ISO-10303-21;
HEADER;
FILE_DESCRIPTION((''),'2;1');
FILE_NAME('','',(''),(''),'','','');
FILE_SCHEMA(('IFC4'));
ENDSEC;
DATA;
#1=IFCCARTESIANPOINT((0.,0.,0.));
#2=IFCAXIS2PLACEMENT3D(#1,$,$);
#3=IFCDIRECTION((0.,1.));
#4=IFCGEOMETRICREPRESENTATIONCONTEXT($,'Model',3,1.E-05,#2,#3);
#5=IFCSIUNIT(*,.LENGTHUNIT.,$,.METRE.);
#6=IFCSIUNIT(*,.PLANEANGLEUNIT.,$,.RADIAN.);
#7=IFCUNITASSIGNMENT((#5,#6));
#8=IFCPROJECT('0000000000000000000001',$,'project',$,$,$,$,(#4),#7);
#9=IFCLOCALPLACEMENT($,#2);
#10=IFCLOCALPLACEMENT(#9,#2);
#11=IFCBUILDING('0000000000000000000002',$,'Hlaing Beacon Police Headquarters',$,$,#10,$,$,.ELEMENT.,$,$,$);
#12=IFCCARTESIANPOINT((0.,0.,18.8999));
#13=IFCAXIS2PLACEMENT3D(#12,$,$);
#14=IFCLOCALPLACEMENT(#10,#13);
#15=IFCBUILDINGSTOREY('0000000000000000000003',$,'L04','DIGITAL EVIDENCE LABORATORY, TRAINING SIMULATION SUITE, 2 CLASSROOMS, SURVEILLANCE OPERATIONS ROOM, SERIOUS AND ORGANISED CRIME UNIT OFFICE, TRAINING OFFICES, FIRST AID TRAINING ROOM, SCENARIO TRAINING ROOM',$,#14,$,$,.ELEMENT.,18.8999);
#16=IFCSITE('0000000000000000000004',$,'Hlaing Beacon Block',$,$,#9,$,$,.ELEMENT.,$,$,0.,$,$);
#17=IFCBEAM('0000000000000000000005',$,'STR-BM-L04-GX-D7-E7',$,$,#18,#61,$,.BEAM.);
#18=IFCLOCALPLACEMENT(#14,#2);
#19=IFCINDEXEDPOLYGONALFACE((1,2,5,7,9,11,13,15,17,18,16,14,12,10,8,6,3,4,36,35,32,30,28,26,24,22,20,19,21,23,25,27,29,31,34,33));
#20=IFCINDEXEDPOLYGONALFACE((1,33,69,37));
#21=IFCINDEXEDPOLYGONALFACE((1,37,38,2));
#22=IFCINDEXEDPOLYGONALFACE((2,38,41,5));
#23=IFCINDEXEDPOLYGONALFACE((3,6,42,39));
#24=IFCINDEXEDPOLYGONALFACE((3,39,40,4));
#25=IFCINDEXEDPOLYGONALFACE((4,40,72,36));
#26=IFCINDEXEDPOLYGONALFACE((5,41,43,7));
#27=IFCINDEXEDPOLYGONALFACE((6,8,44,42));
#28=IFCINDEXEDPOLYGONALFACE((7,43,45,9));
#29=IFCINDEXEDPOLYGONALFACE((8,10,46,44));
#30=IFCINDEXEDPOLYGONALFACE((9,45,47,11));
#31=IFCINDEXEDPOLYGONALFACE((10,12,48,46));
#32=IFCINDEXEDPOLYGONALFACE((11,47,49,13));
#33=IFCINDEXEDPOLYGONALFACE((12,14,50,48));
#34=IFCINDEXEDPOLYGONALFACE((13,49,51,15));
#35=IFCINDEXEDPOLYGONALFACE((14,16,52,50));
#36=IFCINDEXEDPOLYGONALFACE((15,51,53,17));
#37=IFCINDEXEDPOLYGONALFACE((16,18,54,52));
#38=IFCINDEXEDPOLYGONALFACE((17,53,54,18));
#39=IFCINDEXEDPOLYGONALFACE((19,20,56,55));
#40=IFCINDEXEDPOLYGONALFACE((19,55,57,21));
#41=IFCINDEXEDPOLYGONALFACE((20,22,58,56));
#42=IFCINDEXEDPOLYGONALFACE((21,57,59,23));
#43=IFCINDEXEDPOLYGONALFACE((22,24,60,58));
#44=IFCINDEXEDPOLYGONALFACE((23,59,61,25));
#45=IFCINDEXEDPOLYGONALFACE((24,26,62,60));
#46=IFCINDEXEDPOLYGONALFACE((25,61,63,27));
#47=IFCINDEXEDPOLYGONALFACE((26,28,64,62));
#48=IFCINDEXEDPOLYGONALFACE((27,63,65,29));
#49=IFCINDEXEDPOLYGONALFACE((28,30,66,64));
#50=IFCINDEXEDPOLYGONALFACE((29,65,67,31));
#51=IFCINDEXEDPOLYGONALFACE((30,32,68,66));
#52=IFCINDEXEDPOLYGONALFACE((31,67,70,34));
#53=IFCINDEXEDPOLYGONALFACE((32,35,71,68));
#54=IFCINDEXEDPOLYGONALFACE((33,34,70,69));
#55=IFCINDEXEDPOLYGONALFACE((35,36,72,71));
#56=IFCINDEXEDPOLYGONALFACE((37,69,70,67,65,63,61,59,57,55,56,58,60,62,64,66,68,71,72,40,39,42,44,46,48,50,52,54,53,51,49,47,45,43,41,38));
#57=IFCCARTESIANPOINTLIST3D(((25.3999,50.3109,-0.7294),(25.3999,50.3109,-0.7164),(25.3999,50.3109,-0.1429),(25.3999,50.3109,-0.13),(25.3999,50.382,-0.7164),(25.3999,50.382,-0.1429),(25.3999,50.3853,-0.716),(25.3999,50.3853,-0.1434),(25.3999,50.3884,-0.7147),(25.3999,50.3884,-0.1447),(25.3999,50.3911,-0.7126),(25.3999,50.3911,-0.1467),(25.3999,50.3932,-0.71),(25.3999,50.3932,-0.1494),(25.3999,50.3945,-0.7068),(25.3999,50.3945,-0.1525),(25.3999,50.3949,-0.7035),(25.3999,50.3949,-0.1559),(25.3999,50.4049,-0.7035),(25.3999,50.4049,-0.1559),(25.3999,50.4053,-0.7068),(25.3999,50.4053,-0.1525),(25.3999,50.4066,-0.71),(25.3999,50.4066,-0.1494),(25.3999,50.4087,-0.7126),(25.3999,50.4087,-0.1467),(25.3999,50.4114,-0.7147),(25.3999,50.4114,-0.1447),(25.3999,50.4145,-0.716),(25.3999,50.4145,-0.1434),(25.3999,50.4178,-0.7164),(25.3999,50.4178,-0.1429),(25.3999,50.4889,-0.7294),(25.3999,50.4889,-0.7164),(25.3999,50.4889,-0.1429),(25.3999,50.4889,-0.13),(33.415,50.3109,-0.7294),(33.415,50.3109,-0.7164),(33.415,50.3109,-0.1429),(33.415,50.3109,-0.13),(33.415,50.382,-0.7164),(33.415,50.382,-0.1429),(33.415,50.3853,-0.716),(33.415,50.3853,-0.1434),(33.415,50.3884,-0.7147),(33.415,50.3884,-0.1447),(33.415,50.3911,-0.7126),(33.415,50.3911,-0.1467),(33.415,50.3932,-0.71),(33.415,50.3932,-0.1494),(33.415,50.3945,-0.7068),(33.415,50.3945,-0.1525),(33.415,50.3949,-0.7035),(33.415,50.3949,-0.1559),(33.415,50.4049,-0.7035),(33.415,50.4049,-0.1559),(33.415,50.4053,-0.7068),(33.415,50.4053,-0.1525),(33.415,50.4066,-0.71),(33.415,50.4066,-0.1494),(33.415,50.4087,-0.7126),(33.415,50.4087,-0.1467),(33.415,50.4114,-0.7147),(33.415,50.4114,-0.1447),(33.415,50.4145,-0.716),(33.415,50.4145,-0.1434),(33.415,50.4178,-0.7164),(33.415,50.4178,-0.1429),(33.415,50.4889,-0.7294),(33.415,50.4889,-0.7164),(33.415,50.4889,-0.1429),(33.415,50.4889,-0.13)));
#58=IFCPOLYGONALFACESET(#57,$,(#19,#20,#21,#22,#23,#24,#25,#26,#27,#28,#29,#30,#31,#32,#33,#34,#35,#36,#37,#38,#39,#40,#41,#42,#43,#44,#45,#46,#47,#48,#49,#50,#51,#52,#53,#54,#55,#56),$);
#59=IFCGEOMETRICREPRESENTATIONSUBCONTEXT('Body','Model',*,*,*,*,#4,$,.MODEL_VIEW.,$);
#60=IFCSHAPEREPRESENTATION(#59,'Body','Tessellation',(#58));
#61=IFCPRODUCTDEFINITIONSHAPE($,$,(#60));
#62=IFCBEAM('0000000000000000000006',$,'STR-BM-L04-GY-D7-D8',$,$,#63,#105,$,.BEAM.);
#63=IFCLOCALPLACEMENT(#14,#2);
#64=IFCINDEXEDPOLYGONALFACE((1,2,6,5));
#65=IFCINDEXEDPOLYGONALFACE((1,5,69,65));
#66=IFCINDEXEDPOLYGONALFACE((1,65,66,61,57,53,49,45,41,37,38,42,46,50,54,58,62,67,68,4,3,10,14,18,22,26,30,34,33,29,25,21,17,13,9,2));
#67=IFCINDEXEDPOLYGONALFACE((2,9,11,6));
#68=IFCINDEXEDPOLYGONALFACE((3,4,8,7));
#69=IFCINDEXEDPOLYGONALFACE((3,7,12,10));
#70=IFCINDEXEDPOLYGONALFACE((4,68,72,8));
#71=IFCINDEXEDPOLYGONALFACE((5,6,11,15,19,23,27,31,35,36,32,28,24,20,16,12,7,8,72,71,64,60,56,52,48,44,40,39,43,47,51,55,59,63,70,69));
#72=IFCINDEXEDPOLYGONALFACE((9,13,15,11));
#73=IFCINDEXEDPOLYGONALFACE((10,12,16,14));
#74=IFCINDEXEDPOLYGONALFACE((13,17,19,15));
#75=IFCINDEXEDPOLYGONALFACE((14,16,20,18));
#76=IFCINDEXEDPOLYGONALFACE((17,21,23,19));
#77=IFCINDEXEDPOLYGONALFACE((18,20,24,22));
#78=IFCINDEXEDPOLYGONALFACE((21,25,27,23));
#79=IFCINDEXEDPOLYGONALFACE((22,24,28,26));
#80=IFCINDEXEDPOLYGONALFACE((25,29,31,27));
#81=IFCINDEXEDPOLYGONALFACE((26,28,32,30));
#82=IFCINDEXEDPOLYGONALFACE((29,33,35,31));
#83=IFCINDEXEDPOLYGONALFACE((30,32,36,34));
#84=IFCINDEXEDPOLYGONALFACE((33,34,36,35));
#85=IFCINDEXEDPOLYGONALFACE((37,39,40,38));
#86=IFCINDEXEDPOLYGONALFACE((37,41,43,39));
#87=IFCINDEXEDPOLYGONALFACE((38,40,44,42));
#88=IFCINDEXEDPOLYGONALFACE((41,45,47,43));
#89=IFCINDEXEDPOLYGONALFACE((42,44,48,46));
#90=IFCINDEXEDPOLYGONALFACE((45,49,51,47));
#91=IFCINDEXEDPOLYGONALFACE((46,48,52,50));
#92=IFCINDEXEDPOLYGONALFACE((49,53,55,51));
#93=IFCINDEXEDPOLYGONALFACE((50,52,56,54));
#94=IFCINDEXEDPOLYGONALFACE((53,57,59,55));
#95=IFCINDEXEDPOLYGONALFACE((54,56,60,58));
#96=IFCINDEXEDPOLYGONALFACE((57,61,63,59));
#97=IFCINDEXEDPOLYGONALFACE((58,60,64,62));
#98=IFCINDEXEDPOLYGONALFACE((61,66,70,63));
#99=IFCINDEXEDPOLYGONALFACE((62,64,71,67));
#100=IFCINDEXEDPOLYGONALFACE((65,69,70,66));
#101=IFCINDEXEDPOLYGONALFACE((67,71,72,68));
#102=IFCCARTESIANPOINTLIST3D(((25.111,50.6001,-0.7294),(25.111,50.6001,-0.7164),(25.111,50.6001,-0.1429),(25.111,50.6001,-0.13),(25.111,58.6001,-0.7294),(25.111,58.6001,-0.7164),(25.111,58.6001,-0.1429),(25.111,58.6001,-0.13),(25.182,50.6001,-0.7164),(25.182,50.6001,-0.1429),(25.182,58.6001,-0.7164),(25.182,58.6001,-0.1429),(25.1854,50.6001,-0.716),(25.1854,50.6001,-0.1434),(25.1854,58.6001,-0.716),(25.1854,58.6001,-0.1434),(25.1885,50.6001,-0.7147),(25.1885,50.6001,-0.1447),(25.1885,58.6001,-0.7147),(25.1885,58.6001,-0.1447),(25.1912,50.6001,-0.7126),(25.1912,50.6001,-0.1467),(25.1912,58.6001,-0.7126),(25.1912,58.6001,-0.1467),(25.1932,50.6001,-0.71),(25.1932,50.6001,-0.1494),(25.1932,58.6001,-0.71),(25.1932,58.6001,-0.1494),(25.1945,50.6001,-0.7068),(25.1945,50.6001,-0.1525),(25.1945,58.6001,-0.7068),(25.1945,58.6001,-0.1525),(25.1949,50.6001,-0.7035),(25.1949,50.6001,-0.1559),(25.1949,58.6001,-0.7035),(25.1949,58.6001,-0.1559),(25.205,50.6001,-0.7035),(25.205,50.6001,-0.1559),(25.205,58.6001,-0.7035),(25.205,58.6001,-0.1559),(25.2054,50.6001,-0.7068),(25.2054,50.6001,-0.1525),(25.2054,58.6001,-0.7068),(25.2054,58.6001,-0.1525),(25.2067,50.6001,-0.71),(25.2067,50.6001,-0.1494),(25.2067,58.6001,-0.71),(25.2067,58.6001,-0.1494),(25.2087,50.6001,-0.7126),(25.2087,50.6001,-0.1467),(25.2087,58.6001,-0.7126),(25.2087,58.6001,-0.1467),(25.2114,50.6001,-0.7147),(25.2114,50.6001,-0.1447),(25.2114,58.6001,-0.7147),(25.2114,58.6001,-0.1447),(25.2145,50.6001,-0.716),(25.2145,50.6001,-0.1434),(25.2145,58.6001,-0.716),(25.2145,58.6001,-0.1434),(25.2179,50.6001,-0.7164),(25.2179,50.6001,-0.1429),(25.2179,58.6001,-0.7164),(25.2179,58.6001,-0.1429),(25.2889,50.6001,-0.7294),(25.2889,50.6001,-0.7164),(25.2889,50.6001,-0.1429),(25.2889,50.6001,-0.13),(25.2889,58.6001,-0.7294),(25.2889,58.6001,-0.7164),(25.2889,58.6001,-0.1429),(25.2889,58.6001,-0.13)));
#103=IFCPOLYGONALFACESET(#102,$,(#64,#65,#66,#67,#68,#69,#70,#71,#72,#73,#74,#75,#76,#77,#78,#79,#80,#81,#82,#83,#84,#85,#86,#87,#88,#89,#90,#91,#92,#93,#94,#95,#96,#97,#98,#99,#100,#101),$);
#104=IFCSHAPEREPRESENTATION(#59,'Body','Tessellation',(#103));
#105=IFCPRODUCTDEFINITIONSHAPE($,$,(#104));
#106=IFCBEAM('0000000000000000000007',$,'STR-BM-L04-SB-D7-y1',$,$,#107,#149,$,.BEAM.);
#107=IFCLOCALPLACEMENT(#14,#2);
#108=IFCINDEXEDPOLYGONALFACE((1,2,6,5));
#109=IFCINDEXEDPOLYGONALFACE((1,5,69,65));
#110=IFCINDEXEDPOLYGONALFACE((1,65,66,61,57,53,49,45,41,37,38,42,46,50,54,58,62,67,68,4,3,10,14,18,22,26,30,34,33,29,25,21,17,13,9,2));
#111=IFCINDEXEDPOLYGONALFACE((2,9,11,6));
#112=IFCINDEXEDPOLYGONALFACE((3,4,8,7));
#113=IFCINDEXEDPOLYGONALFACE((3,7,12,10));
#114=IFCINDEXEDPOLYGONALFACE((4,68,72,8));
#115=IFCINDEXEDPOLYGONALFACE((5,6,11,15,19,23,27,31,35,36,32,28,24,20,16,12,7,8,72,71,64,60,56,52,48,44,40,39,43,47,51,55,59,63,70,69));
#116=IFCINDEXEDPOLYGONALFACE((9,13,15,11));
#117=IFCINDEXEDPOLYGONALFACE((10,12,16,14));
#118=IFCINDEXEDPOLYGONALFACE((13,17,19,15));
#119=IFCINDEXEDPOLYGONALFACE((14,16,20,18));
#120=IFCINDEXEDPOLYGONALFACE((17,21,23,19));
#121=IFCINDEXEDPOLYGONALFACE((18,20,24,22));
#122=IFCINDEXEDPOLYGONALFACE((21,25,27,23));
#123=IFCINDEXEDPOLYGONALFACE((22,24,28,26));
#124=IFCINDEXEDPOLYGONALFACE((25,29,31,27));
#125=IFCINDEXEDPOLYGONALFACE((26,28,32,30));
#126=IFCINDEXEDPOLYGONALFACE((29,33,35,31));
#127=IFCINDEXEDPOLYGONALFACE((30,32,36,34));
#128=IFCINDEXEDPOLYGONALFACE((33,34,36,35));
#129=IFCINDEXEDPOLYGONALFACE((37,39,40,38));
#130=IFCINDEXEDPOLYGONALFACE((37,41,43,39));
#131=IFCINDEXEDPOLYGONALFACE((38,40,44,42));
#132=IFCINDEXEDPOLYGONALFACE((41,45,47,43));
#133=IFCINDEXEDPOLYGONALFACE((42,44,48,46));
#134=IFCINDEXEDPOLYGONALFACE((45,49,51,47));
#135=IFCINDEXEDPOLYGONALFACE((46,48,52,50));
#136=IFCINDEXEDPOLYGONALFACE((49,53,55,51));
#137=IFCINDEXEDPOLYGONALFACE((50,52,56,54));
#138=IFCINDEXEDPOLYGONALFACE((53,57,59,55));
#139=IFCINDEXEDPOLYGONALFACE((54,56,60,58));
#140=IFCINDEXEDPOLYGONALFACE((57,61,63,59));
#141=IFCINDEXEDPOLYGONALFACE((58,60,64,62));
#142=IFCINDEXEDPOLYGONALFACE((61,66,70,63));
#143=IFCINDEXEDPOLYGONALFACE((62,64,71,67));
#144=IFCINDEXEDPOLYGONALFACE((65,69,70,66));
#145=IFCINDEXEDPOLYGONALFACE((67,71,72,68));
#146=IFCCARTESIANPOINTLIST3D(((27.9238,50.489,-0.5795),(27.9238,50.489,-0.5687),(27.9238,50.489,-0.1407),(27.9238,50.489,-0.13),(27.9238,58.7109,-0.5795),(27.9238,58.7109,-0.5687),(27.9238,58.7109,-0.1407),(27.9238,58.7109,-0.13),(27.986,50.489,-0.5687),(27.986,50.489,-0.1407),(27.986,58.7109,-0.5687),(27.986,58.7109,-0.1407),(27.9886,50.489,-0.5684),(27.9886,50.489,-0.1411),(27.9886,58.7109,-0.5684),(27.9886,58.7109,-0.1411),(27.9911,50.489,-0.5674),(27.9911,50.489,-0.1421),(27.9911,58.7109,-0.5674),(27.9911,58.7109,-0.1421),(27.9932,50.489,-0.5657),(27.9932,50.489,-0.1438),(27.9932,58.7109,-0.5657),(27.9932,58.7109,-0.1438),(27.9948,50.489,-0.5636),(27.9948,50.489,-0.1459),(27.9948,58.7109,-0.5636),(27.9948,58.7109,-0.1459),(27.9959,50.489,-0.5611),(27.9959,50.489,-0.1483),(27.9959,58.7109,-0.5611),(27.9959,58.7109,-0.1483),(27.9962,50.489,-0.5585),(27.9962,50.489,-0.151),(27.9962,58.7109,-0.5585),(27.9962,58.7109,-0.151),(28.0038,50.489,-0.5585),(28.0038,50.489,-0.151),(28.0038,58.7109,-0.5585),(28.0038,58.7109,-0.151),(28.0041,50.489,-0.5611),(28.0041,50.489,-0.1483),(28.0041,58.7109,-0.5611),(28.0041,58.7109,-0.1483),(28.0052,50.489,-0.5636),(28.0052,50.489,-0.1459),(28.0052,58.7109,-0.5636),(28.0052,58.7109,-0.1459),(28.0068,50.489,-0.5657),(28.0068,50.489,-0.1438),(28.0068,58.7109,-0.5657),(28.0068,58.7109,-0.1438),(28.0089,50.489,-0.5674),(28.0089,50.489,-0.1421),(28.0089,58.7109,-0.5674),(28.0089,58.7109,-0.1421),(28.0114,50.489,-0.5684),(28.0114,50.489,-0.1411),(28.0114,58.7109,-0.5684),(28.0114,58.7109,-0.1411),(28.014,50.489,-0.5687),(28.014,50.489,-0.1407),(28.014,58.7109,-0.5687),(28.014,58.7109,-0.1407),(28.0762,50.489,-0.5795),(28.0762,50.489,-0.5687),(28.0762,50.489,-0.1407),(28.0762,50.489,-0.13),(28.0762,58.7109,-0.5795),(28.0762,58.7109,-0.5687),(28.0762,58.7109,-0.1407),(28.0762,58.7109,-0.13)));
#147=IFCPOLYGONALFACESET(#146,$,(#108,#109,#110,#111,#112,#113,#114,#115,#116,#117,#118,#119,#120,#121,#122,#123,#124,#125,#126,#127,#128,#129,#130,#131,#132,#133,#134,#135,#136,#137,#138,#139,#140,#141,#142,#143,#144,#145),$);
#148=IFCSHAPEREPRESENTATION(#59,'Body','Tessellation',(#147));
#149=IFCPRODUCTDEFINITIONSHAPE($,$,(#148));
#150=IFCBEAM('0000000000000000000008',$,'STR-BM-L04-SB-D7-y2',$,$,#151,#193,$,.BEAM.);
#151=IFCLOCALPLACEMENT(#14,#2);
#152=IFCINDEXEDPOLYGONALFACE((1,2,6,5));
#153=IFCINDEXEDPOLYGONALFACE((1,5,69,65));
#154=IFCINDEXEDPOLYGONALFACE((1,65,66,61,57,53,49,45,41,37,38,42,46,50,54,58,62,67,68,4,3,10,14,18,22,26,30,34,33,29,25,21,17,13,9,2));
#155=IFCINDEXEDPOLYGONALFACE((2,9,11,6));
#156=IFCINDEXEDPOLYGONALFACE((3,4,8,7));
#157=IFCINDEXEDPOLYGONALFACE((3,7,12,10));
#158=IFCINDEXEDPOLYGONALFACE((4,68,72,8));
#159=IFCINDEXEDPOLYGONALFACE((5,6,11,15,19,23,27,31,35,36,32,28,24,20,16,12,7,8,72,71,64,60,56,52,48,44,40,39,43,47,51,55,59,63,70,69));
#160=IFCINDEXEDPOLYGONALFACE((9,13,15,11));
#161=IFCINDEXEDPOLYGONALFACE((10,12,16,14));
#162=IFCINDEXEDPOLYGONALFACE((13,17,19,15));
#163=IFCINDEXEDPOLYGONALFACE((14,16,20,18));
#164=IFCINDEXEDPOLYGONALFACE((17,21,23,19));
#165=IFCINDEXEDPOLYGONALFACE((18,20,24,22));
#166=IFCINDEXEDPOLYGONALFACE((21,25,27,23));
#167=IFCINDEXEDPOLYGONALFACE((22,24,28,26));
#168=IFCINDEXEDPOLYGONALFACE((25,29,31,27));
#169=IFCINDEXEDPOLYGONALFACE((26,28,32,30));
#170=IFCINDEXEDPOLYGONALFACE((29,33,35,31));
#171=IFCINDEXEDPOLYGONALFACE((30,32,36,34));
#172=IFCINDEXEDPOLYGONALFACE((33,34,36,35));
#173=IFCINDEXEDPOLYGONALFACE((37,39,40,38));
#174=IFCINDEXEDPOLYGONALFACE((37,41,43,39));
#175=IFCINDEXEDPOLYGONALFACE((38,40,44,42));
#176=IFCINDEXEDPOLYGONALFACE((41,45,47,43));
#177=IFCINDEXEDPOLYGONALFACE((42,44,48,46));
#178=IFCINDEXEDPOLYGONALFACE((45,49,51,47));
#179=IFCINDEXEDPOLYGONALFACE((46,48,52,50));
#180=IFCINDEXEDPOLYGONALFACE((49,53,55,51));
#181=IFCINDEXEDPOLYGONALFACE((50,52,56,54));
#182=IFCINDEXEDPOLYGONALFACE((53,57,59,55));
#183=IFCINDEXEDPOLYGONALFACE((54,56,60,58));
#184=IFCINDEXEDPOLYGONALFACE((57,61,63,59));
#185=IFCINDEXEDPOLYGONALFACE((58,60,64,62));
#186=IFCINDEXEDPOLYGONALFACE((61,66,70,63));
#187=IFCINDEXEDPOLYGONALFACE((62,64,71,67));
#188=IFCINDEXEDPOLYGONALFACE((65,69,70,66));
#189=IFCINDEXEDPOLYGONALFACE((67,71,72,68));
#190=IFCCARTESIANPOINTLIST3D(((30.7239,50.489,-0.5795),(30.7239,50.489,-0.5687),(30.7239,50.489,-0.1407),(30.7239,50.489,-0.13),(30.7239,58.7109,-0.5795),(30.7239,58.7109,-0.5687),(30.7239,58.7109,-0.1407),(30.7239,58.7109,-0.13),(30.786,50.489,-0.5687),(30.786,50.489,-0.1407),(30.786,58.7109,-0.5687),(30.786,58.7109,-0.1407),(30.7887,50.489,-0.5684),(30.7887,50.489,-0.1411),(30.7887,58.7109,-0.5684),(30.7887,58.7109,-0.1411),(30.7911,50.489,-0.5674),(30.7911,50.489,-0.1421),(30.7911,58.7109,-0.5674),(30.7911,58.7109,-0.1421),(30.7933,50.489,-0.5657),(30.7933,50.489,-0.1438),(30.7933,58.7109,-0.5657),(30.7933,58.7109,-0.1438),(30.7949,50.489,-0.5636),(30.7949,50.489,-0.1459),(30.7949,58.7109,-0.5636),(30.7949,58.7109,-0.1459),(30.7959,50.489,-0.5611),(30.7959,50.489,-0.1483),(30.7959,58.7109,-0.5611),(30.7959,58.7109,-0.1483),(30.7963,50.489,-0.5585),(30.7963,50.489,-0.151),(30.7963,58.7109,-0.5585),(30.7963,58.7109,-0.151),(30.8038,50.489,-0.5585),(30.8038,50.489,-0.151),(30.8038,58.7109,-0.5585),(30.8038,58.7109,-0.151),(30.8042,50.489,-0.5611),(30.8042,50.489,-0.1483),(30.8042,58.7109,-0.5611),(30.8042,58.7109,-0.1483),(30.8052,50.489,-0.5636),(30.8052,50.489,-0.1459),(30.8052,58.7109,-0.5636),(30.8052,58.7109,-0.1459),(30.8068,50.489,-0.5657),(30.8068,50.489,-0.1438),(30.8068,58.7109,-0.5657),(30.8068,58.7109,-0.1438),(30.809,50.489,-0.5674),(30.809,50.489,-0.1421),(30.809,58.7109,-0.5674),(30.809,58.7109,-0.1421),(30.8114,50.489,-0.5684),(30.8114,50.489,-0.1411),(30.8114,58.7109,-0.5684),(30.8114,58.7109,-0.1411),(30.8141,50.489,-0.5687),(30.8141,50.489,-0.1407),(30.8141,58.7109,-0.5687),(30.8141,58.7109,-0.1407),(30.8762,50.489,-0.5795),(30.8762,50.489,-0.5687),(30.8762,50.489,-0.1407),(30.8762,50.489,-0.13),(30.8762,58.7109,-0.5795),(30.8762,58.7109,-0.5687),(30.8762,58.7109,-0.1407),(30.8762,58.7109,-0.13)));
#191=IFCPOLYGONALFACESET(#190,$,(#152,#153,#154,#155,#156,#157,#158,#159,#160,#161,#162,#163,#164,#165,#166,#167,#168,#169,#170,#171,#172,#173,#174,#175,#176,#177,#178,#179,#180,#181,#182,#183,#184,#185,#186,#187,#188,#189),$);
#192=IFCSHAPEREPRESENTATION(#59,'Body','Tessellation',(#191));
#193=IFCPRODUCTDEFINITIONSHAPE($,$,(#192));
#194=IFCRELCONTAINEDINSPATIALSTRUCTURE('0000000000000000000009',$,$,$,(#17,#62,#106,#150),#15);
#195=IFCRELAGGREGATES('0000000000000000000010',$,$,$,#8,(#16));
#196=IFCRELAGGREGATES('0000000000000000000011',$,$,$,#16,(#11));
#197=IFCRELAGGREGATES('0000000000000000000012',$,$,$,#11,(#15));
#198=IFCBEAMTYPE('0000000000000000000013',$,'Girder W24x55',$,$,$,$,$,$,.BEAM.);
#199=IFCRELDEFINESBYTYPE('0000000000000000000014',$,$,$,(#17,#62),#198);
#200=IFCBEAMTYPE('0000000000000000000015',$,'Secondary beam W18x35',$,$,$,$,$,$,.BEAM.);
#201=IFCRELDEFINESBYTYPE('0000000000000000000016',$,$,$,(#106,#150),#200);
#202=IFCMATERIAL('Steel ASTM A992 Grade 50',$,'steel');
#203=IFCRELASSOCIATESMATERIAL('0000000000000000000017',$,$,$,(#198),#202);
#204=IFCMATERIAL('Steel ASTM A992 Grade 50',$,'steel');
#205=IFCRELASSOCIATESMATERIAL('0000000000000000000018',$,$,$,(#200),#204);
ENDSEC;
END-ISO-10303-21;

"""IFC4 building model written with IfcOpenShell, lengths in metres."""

from ifc_helpers import new_model, si_unit, direction, frame, origin, origin_2d, place, context, subcontext, project, spatial, i_section, extrude, material, material_profile, profile_set, type_object, element, save


model = new_model("IFC4")

# Units and contexts
model_context = context("Model", 3, precision=1e-05, world=origin(), true_north=direction((0.0, 1.0)))
body_context = subcontext(model_context, "Body", "Model", "MODEL_VIEW")
ifc_project = project(units=[si_unit("LENGTHUNIT", "METRE"), si_unit("PLANEANGLEUNIT", "RADIAN")], contexts=[model_context])

# Site, building, storey
site_placement = place(None, origin())
site = spatial("IfcSite", under=ifc_project, at=site_placement, Name="Hlaing Beacon Block", CompositionType="ELEMENT", RefElevation=0.0)
building_placement = place(site_placement, origin())
building = spatial("IfcBuilding", under=site, at=building_placement, Name="Hlaing Beacon Police Headquarters", CompositionType="ELEMENT")
storey_placement = place(building_placement, frame((0.0, 0.0, 18.8999)))
storey = spatial("IfcBuildingStorey", under=building, at=storey_placement, Name="L04", Description="DIGITAL EVIDENCE LABORATORY, TRAINING SIMULATION SUITE, 2 CLASSROOMS, SURVEILLANCE OPERATIONS ROOM, SERIOUS AND ORGANISED CRIME UNIT OFFICE, TRAINING OFFICES, FIRST AID TRAINING ROOM, SCENARIO TRAINING ROOM", CompositionType="ELEMENT", Elevation=18.8999)

# Beams
ifc_material_1 = material(Name="Steel ASTM A992 Grade 50", Category="steel")
ifc_material_profile_1 = material_profile(ifc_material_1, i_section(OverallWidth=0.178, OverallDepth=0.5994, WebThickness=0.01, FlangeThickness=0.0129, FilletRadius=0.0129, at=origin_2d()), Name="W24x55")
ifc_profile_set_1 = profile_set([ifc_material_profile_1], Name="Steel ASTM A992 Grade 50")
beam_type_1 = type_object("IfcBeamType", Name="Girder W24x55", PredefinedType="BEAM", material=ifc_profile_set_1)
beam_1_placement = place(storey_placement, frame((25.3999, 50.3999, -0.4297), z_axis=(1.0, 0.0, 0.0), x_axis=(0.0, 1.0, 0.0)))
element("IfcBeam", 1, at=beam_1_placement, inside=storey, type_object=beam_type_1, Name="STR-BM-L04-GX-D7-E7", PredefinedType="BEAM", context=body_context, shape_type="SweptSolid", body=[
    extrude(i_section(OverallWidth=0.178, OverallDepth=0.5994, WebThickness=0.01, FlangeThickness=0.0129, FilletRadius=0.0129, at=origin_2d()), origin(), (0.0, 0.0, 1.0), 8.0151),
])
beam_2_placement = place(storey_placement, frame((25.2, 50.6001, -0.4297), z_axis=(0.0, 1.0, 0.0), x_axis=(-1.0, 0.0, 0.0)))
element("IfcBeam", 2, at=beam_2_placement, inside=storey, type_object=beam_type_1, Name="STR-BM-L04-GY-D7-D8", PredefinedType="BEAM", context=body_context, shape_type="SweptSolid", body=[
    extrude(i_section(OverallWidth=0.178, OverallDepth=0.5994, WebThickness=0.01, FlangeThickness=0.0129, FilletRadius=0.0129, at=origin_2d()), origin(), (0.0, 0.0, 1.0), 8.0),
])
ifc_material_2 = material(Name="Steel ASTM A992 Grade 50", Category="steel")
ifc_material_profile_2 = material_profile(ifc_material_2, i_section(OverallWidth=0.1523, OverallDepth=0.4495, WebThickness=0.0076, FlangeThickness=0.0107, FilletRadius=0.0103, at=origin_2d()), Name="W18x35")
ifc_profile_set_2 = profile_set([ifc_material_profile_2], Name="Steel ASTM A992 Grade 50")
beam_type_2 = type_object("IfcBeamType", Name="Secondary beam W18x35", PredefinedType="BEAM", material=ifc_profile_set_2)
for number, where, z_axis, x_axis, name in (
    (3, (28.0, 50.489, -0.3547), (0.0, 1.0, 0.0), (-1.0, 0.0, 0.0), "STR-BM-L04-SB-D7-y1"),
    (4, (30.8, 50.489, -0.3547), (0.0, 1.0, 0.0), (-1.0, 0.0, 0.0), "STR-BM-L04-SB-D7-y2"),
):
    element("IfcBeam", number, at=place(storey_placement, frame(where, z_axis=z_axis, x_axis=x_axis)), inside=storey, type_object=beam_type_2, Name=name, PredefinedType="BEAM", context=body_context, shape_type="SweptSolid", body=[
        extrude(i_section(OverallWidth=0.1523, OverallDepth=0.4495, WebThickness=0.0076, FlangeThickness=0.0107, FilletRadius=0.0103, at=origin_2d()), origin(), (0.0, 0.0, 1.0), 8.2219),
    ])

save(model, "model.ifc")
